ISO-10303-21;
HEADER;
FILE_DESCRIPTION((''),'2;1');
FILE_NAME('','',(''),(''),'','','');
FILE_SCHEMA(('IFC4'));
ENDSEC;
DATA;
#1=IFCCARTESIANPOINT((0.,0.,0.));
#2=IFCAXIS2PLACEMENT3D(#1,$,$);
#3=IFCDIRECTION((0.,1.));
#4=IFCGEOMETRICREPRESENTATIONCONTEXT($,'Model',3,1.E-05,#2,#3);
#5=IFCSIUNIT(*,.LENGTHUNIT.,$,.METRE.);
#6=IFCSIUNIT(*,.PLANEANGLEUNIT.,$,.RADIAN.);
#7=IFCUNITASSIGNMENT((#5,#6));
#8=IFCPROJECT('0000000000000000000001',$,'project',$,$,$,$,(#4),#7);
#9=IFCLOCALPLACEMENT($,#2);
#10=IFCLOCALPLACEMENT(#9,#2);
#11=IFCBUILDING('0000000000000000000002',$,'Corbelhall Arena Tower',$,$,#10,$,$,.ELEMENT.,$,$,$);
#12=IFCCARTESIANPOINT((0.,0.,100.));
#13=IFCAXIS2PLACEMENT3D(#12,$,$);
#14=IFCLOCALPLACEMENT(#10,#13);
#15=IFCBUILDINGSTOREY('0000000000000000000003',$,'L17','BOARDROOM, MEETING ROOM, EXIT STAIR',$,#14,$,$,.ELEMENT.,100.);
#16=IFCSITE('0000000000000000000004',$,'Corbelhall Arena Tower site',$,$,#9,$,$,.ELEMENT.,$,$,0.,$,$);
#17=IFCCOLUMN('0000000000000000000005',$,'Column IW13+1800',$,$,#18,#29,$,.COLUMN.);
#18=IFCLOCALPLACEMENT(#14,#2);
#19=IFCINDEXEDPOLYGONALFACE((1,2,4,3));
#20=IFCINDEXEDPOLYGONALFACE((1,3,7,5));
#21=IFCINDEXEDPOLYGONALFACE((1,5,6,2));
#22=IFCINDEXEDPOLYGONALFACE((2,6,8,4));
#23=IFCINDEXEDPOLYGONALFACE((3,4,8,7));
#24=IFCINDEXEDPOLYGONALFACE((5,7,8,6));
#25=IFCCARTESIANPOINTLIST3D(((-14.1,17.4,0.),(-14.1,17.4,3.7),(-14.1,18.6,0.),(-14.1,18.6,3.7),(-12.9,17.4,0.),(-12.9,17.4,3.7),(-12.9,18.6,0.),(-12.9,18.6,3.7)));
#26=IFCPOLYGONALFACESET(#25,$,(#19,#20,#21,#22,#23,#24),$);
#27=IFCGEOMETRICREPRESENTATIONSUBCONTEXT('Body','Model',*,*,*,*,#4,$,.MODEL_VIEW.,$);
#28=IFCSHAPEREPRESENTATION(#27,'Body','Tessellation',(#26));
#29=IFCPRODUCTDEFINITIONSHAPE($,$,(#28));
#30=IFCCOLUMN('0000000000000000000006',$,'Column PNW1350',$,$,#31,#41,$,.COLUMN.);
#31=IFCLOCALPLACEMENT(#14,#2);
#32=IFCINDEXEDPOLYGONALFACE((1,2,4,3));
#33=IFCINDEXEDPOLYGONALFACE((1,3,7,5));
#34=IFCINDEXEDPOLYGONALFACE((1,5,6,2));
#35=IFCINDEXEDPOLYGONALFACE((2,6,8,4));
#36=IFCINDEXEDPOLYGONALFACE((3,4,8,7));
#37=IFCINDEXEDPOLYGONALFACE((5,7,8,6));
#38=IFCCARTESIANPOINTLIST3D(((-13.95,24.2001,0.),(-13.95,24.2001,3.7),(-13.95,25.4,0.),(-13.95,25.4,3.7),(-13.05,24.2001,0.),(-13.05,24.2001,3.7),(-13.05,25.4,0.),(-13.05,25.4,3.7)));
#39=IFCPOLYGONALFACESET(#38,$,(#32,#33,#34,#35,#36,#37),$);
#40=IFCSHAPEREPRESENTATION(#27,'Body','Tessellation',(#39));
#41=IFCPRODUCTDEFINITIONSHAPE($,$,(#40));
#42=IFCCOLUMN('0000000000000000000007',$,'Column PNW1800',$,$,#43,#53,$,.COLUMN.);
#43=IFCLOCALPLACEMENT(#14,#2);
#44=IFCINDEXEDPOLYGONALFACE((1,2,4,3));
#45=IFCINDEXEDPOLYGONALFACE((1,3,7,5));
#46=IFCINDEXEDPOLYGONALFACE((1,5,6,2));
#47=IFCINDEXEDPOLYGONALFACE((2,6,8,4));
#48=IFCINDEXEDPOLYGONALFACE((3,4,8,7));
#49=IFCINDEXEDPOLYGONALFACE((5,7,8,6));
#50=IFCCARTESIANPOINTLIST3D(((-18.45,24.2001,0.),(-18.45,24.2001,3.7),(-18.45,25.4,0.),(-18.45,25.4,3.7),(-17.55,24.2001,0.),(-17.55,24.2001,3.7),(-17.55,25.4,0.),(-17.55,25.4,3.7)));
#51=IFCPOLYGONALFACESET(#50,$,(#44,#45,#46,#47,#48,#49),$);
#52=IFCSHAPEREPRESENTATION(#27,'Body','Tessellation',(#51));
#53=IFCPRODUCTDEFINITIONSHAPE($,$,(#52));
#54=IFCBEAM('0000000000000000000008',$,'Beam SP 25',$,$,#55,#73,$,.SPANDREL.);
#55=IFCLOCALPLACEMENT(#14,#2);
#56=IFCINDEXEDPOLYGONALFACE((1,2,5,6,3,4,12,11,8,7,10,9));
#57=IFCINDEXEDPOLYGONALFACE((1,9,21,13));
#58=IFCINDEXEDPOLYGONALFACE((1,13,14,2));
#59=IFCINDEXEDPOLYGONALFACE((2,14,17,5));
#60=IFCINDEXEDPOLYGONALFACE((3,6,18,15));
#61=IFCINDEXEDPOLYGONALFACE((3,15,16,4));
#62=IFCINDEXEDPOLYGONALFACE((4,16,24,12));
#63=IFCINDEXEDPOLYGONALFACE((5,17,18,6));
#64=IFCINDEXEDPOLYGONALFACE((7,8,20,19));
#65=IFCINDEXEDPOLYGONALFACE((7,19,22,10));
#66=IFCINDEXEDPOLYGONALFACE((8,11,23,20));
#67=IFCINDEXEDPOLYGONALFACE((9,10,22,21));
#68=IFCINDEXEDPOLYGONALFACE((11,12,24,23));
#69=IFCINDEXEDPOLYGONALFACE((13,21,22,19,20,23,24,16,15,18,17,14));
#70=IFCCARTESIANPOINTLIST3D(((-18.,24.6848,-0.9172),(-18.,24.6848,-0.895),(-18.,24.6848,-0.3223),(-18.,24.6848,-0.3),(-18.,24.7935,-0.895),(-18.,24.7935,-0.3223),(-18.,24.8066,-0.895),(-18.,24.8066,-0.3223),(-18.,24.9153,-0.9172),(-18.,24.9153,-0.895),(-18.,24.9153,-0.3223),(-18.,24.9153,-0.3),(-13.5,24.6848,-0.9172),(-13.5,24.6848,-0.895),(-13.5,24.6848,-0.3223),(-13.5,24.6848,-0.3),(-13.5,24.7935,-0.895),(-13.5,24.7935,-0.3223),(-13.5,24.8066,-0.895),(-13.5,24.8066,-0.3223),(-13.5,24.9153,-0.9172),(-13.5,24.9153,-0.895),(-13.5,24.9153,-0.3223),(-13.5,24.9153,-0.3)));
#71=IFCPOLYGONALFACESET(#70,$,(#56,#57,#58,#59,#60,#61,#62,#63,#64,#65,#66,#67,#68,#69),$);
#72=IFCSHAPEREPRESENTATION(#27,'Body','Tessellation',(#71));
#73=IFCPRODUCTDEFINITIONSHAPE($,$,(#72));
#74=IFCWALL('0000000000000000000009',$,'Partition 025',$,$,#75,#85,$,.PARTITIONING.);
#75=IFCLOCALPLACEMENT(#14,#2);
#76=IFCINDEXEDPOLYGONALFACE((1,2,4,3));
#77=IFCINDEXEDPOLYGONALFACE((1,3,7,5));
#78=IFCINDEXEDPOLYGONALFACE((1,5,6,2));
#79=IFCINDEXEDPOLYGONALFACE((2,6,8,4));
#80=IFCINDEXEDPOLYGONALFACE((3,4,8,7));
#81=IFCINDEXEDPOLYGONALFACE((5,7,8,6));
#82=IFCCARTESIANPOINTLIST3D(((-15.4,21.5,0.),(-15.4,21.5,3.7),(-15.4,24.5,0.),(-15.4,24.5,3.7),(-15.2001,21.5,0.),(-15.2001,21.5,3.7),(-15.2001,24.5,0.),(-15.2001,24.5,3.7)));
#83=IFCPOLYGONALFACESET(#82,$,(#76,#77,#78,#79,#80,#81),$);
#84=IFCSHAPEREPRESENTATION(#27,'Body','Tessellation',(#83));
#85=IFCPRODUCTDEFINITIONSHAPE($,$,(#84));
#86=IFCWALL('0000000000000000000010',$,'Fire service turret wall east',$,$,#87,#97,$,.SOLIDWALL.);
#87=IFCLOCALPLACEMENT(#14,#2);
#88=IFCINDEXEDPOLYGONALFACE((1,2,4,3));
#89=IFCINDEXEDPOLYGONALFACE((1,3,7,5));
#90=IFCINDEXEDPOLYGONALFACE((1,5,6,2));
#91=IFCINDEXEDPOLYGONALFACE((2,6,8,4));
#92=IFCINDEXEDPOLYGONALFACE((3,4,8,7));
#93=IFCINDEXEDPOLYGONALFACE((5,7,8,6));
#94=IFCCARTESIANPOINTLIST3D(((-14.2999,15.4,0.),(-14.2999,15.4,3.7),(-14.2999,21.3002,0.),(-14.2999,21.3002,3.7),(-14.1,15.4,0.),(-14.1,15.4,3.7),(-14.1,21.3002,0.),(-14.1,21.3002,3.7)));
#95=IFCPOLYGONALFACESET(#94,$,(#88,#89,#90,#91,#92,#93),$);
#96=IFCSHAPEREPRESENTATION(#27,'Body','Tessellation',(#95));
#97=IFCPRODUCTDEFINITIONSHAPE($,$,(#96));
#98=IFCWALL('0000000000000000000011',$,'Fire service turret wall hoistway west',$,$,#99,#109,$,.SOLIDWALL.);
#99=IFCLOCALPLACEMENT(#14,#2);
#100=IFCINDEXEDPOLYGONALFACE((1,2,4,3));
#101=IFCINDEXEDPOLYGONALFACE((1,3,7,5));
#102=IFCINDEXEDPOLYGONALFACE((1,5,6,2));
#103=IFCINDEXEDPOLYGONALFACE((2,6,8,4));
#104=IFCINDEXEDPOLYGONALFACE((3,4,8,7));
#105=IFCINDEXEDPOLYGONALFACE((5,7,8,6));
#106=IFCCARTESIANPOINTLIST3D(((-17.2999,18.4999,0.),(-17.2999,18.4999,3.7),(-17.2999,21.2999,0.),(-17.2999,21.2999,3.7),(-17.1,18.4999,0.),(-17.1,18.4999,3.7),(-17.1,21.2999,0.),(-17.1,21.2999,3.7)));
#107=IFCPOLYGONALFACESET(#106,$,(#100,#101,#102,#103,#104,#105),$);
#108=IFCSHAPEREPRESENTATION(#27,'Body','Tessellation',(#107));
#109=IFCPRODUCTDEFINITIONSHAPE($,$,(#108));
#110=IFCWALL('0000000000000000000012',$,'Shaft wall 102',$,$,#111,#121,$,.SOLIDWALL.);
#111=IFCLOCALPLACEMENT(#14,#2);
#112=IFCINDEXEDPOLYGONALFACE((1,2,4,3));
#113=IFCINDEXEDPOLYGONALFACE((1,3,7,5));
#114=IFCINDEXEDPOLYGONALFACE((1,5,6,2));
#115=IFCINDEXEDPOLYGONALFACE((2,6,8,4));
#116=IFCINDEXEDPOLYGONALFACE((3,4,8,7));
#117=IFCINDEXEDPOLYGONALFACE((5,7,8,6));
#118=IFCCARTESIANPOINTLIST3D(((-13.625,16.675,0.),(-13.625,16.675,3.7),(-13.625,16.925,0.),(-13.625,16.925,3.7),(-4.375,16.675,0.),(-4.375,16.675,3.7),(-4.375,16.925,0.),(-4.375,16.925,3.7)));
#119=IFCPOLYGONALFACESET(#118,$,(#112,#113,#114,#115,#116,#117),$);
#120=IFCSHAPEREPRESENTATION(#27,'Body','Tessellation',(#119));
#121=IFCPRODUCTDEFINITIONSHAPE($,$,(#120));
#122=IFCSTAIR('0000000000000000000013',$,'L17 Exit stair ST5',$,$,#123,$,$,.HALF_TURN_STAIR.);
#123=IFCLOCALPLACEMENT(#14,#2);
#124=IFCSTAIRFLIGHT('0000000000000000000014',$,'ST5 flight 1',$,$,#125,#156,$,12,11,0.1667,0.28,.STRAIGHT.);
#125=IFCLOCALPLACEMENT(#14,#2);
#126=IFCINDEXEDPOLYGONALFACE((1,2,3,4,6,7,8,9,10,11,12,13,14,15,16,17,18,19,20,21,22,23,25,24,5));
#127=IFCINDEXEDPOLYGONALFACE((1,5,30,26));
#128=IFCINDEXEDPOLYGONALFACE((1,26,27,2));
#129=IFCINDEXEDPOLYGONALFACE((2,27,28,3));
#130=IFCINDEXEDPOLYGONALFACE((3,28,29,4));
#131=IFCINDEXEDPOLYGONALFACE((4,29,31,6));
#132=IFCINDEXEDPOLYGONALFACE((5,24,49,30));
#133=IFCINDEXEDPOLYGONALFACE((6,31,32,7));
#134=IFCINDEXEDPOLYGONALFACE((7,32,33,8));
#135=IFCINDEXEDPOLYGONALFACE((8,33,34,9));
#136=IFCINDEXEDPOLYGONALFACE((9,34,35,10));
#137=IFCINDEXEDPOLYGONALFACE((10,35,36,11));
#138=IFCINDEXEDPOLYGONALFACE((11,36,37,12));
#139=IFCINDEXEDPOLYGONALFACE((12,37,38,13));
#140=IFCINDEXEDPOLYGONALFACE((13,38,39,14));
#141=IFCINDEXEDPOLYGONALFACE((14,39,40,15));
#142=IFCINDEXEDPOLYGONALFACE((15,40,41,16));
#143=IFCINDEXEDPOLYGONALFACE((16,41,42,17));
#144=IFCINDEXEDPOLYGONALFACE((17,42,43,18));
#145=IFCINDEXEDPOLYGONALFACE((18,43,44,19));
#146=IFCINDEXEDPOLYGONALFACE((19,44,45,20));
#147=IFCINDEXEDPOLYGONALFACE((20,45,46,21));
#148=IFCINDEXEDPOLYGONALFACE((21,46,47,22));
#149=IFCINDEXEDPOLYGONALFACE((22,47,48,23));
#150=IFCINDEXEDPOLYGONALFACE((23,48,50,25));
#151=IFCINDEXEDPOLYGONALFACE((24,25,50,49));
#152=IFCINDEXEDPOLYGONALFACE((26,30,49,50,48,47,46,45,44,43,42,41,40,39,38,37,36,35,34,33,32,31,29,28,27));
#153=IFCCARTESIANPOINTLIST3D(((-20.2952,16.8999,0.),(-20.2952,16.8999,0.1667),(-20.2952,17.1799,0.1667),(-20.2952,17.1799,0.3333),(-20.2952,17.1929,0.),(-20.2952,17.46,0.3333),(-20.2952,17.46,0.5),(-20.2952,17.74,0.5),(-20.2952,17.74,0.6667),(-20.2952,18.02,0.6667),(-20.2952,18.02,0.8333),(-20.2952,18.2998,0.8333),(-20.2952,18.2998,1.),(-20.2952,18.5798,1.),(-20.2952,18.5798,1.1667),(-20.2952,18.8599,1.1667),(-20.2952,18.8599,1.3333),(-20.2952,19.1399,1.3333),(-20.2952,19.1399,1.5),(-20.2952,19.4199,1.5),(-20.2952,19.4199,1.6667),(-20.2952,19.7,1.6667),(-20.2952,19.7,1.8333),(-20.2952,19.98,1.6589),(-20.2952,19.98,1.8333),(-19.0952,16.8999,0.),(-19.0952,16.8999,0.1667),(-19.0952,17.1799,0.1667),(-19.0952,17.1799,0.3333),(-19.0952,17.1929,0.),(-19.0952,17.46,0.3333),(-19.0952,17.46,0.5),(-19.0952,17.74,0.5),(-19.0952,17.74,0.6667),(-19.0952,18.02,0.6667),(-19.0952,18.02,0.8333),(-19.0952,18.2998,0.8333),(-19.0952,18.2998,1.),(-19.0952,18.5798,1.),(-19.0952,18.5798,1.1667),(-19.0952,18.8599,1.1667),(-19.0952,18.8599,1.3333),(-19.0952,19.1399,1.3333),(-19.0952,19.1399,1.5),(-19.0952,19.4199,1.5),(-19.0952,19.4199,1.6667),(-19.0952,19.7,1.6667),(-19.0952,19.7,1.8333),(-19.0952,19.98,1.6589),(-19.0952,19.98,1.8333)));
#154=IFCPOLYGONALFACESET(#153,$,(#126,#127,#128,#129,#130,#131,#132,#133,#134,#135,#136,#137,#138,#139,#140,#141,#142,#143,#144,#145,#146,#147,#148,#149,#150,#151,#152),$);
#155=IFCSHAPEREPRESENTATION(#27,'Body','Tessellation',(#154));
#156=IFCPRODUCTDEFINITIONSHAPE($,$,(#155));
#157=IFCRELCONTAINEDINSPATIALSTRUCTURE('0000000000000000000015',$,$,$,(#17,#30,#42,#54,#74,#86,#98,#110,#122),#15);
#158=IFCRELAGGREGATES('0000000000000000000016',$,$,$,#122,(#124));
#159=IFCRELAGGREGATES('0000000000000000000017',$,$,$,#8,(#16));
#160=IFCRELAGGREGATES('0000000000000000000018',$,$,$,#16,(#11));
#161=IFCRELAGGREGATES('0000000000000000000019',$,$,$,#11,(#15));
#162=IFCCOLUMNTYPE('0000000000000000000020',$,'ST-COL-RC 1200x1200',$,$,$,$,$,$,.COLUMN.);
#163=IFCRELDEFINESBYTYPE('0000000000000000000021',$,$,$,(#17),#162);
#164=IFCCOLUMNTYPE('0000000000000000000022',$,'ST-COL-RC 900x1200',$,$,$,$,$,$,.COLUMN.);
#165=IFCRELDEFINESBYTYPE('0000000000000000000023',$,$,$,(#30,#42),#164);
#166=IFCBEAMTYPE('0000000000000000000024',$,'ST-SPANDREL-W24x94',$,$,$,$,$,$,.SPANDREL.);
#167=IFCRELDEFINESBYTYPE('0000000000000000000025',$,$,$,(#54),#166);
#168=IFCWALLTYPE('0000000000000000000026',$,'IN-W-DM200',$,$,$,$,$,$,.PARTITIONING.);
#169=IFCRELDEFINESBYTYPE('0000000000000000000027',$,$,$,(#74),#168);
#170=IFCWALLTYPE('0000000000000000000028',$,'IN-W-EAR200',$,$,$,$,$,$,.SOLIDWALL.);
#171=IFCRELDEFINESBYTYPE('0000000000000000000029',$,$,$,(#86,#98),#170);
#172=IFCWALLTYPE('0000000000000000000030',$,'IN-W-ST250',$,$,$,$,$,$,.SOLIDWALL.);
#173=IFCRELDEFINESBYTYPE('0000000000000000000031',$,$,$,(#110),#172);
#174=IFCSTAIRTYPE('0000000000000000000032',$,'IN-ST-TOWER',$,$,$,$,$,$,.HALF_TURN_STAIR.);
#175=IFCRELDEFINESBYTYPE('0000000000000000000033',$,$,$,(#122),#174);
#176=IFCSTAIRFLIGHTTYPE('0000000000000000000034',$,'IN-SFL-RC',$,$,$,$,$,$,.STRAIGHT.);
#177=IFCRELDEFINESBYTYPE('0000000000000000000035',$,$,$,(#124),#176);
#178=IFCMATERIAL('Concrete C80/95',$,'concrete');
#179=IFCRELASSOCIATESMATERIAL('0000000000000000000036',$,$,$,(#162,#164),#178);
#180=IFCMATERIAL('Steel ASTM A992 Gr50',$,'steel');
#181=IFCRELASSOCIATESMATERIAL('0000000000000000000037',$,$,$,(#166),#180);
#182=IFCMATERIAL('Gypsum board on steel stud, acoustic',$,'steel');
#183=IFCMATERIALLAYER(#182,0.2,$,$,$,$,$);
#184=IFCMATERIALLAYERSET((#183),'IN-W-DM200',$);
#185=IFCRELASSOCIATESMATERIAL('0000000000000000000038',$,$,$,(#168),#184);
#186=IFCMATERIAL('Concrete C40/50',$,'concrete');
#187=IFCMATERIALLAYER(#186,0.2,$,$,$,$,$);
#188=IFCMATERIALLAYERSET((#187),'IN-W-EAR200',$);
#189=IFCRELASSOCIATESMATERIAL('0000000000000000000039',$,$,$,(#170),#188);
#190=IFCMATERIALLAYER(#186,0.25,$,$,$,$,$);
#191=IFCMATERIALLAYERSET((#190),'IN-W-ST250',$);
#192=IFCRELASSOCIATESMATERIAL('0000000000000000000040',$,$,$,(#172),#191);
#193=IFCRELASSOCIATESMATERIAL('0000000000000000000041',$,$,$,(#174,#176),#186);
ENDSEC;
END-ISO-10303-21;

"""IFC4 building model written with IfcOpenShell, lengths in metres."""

from ifc_helpers import new_model, si_unit, direction, frame, frame_2d, origin, origin_2d, place, context, subcontext, project, spatial, polyline, rectangle, i_section, outline, extrude, material, layer, layer_set, material_profile, profile_set, type_object, element, aggregate, save


model = new_model("IFC4")

# Units and contexts
model_context = context("Model", 3, precision=1e-05, world=origin(), true_north=direction((0.0, 1.0)))
body_context = subcontext(model_context, "Body", "Model", "MODEL_VIEW")
ifc_project = project(units=[si_unit("LENGTHUNIT", "METRE"), si_unit("PLANEANGLEUNIT", "RADIAN")], contexts=[model_context])

# Site, building, storey
site_placement = place(None, origin())
site = spatial("IfcSite", under=ifc_project, at=site_placement, Name="Corbelhall Arena Tower site", CompositionType="ELEMENT", RefElevation=0.0)
building_placement = place(site_placement, origin())
building = spatial("IfcBuilding", under=site, at=building_placement, Name="Corbelhall Arena Tower", CompositionType="ELEMENT")
storey_placement = place(building_placement, frame((0.0, 0.0, 100.0)))
storey = spatial("IfcBuildingStorey", under=building, at=storey_placement, Name="L17", Description="BOARDROOM, MEETING ROOM, EXIT STAIR", CompositionType="ELEMENT", Elevation=100.0)

# Columns
ifc_material_1 = material(Name="Concrete C80/95", Category="concrete")
ifc_material_profile_1 = material_profile(ifc_material_1, rectangle(XDim=1.2, YDim=1.2, at=origin_2d()))
ifc_profile_set_1 = profile_set([ifc_material_profile_1], Name="Concrete C80/95")
column_type_1 = type_object("IfcColumnType", Name="ST-COL-RC 1200x1200", PredefinedType="COLUMN", material=ifc_profile_set_1)
column_placement = place(storey_placement, frame((-13.5, 18.0, 0.0), z_axis=(0.0, 0.0, 1.0), x_axis=(1.0, 0.0, 0.0)))
element("IfcColumn", 1, at=column_placement, inside=storey, type_object=column_type_1, Name="Column IW13+1800", PredefinedType="COLUMN", context=body_context, shape_type="SweptSolid", body=[
    extrude(rectangle(XDim=1.2, YDim=1.2, at=origin_2d()), origin(), (0.0, 0.0, 1.0), 3.7),
])
ifc_material_profile_2 = material_profile(ifc_material_1, rectangle(XDim=0.8999, YDim=1.2, at=origin_2d()))
ifc_profile_set_2 = profile_set([ifc_material_profile_2], Name="Concrete C80/95")
column_type_2 = type_object("IfcColumnType", Name="ST-COL-RC 900x1200", PredefinedType="COLUMN", material=ifc_profile_set_2)
for number, where, z_axis, x_axis, name in (
    (2, (-13.5, 24.8, 0.0), (0.0, 0.0, 1.0), (1.0, 0.0, 0.0), "Column PNW1350"),
    (3, (-18.0, 24.8, 0.0), (0.0, 0.0, 1.0), (1.0, 0.0, 0.0), "Column PNW1800"),
):
    element("IfcColumn", number, at=place(storey_placement, frame(where, z_axis=z_axis, x_axis=x_axis)), inside=storey, type_object=column_type_2, Name=name, PredefinedType="COLUMN", context=body_context, shape_type="SweptSolid", body=[
        extrude(rectangle(XDim=0.8999, YDim=1.2, at=origin_2d()), origin(), (0.0, 0.0, 1.0), 3.7),
    ])

# Beam
ifc_material_2 = material(Name="Steel ASTM A992 Gr50", Category="steel")
ifc_material_profile_3 = material_profile(ifc_material_2, i_section(OverallWidth=0.2305, OverallDepth=0.6172, WebThickness=0.0132, FlangeThickness=0.0222, at=origin_2d()))
ifc_profile_set_3 = profile_set([ifc_material_profile_3], Name="Steel ASTM A992 Gr50")
beam_type = type_object("IfcBeamType", Name="ST-SPANDREL-W24x94", PredefinedType="SPANDREL", material=ifc_profile_set_3)
beam_placement = place(storey_placement, frame((-18.0, 24.8, -0.6086), z_axis=(1.0, 0.0, 0.0), x_axis=(0.0, 1.0, 0.0)))
element("IfcBeam", 4, at=beam_placement, inside=storey, type_object=beam_type, Name="Beam SP 25", PredefinedType="SPANDREL", context=body_context, shape_type="SweptSolid", body=[
    extrude(i_section(OverallWidth=0.2305, OverallDepth=0.6172, WebThickness=0.0132, FlangeThickness=0.0222, at=origin_2d()), origin(), (0.0, 0.0, 1.0), 4.5),
])

# Walls
ifc_material_3 = material(Name="Gypsum board on steel stud, acoustic", Category="steel")
ifc_layer_1 = layer(ifc_material_3, 0.2)
ifc_layer_set_1 = layer_set([ifc_layer_1], Name="IN-W-DM200")
wall_type_1 = type_object("IfcWallType", Name="IN-W-DM200", PredefinedType="PARTITIONING", material=ifc_layer_set_1)
wall_1_placement = place(storey_placement, frame((-15.3, 24.5, 0.0), z_axis=(0.0, 0.0, 1.0), x_axis=(0.0, -1.0, 0.0)))
element("IfcWall", 5, at=wall_1_placement, inside=storey, type_object=wall_type_1, Name="Partition 025", PredefinedType="PARTITIONING", context=body_context, shape_type="SweptSolid", body=[
    extrude(rectangle(XDim=3.0, YDim=0.2, at=frame_2d((1.5, 0.0))), origin(), (0.0, 0.0, 1.0), 3.7),
])
ifc_material_4 = material(Name="Concrete C40/50", Category="concrete")
ifc_layer_2 = layer(ifc_material_4, 0.2)
ifc_layer_set_2 = layer_set([ifc_layer_2], Name="IN-W-EAR200")
wall_type_2 = type_object("IfcWallType", Name="IN-W-EAR200", PredefinedType="SOLIDWALL", material=ifc_layer_set_2)
wall_2_placement = place(storey_placement, frame((-14.2, 15.3999, 0.0), z_axis=(0.0, 0.0, 1.0), x_axis=(0.0, 1.0, 0.0)))
element("IfcWall", 6, at=wall_2_placement, inside=storey, type_object=wall_type_2, Name="Fire service turret wall east", PredefinedType="SOLIDWALL", context=body_context, shape_type="SweptSolid", body=[
    extrude(rectangle(XDim=5.9001, YDim=0.2, at=frame_2d((2.9502, 0.0))), origin(), (0.0, 0.0, 1.0), 3.7),
])
wall_3_placement = place(storey_placement, frame((-17.2, 18.5, 0.0), z_axis=(0.0, 0.0, 1.0), x_axis=(0.0, 1.0, 0.0)))
element("IfcWall", 7, at=wall_3_placement, inside=storey, type_object=wall_type_2, Name="Fire service turret wall hoistway west", PredefinedType="SOLIDWALL", context=body_context, shape_type="SweptSolid", body=[
    extrude(rectangle(XDim=2.8, YDim=0.2, at=frame_2d((1.3999, 0.0))), origin(), (0.0, 0.0, 1.0), 3.7),
])

# Wall
ifc_layer_3 = layer(ifc_material_4, 0.25)
ifc_layer_set_3 = layer_set([ifc_layer_3], Name="IN-W-ST250")
wall_type_3 = type_object("IfcWallType", Name="IN-W-ST250", PredefinedType="SOLIDWALL", material=ifc_layer_set_3)
wall_4_placement = place(storey_placement, frame((-13.625, 16.8, 0.0), z_axis=(0.0, 0.0, 1.0), x_axis=(1.0, 0.0, 0.0)))
element("IfcWall", 8, at=wall_4_placement, inside=storey, type_object=wall_type_3, Name="Shaft wall 102", PredefinedType="SOLIDWALL", context=body_context, shape_type="SweptSolid", body=[
    extrude(rectangle(XDim=9.25, YDim=0.25, at=frame_2d((4.625, 0.0))), origin(), (0.0, 0.0, 1.0), 3.7),
])

# Stair, stair flight
stair_type = type_object("IfcStairType", Name="IN-ST-TOWER", PredefinedType="HALF_TURN_STAIR", material=ifc_material_4)
stair_placement = place(storey_placement, origin())
stair = element("IfcStair", 9, at=stair_placement, inside=storey, type_object=stair_type, Name="L17 Exit stair ST5", PredefinedType="HALF_TURN_STAIR")
stair_flight_type = type_object("IfcStairFlightType", Name="IN-SFL-RC", PredefinedType="STRAIGHT", material=ifc_material_4)
stair_flight_placement = place(storey_placement, frame((-19.6951, 16.8999, 0.0), z_axis=(0.0, 0.0, 1.0), x_axis=(0.0, 1.0, 0.0)))
stair_flight = element("IfcStairFlight", 10, at=stair_flight_placement, type_object=stair_flight_type, Name="ST5 flight 1", NumberOfRisers=12, NumberOfTreads=11, PredefinedType="STRAIGHT", RiserHeight=0.1667, TreadLength=0.28, context=body_context, shape_type="SweptSolid", body=[
    extrude(outline(polyline([(0.0, 0.0), (0.0, 0.1667), (0.28, 0.1667), (0.28, 0.3333), (0.5601, 0.3333), (0.5601, 0.5), (0.8401, 0.5), (0.8401, 0.6667), (1.1201, 0.6667), (1.1201, 0.8333), (1.3999, 0.8333), (1.3999, 1.0), (1.6799, 1.0), (1.6799, 1.1667), (1.96, 1.1667), (1.96, 1.3333), (2.24, 1.3333), (2.24, 1.5), (2.52, 1.5), (2.52, 1.6667), (2.8, 1.6667), (2.8, 1.8333), (3.0801, 1.8333), (3.0801, 2.0), (3.0801, 1.6589), (0.293, 0.0), (0.0, 0.0)])), frame((0.0, 0.6001, 0.0), z_axis=(0.0, -1.0, 0.0), x_axis=(1.0, 0.0, 0.0)), (0.0, 0.0, 1.0), 1.2),
])
aggregate(stair, [stair_flight])

save(model, "model.ifc")
